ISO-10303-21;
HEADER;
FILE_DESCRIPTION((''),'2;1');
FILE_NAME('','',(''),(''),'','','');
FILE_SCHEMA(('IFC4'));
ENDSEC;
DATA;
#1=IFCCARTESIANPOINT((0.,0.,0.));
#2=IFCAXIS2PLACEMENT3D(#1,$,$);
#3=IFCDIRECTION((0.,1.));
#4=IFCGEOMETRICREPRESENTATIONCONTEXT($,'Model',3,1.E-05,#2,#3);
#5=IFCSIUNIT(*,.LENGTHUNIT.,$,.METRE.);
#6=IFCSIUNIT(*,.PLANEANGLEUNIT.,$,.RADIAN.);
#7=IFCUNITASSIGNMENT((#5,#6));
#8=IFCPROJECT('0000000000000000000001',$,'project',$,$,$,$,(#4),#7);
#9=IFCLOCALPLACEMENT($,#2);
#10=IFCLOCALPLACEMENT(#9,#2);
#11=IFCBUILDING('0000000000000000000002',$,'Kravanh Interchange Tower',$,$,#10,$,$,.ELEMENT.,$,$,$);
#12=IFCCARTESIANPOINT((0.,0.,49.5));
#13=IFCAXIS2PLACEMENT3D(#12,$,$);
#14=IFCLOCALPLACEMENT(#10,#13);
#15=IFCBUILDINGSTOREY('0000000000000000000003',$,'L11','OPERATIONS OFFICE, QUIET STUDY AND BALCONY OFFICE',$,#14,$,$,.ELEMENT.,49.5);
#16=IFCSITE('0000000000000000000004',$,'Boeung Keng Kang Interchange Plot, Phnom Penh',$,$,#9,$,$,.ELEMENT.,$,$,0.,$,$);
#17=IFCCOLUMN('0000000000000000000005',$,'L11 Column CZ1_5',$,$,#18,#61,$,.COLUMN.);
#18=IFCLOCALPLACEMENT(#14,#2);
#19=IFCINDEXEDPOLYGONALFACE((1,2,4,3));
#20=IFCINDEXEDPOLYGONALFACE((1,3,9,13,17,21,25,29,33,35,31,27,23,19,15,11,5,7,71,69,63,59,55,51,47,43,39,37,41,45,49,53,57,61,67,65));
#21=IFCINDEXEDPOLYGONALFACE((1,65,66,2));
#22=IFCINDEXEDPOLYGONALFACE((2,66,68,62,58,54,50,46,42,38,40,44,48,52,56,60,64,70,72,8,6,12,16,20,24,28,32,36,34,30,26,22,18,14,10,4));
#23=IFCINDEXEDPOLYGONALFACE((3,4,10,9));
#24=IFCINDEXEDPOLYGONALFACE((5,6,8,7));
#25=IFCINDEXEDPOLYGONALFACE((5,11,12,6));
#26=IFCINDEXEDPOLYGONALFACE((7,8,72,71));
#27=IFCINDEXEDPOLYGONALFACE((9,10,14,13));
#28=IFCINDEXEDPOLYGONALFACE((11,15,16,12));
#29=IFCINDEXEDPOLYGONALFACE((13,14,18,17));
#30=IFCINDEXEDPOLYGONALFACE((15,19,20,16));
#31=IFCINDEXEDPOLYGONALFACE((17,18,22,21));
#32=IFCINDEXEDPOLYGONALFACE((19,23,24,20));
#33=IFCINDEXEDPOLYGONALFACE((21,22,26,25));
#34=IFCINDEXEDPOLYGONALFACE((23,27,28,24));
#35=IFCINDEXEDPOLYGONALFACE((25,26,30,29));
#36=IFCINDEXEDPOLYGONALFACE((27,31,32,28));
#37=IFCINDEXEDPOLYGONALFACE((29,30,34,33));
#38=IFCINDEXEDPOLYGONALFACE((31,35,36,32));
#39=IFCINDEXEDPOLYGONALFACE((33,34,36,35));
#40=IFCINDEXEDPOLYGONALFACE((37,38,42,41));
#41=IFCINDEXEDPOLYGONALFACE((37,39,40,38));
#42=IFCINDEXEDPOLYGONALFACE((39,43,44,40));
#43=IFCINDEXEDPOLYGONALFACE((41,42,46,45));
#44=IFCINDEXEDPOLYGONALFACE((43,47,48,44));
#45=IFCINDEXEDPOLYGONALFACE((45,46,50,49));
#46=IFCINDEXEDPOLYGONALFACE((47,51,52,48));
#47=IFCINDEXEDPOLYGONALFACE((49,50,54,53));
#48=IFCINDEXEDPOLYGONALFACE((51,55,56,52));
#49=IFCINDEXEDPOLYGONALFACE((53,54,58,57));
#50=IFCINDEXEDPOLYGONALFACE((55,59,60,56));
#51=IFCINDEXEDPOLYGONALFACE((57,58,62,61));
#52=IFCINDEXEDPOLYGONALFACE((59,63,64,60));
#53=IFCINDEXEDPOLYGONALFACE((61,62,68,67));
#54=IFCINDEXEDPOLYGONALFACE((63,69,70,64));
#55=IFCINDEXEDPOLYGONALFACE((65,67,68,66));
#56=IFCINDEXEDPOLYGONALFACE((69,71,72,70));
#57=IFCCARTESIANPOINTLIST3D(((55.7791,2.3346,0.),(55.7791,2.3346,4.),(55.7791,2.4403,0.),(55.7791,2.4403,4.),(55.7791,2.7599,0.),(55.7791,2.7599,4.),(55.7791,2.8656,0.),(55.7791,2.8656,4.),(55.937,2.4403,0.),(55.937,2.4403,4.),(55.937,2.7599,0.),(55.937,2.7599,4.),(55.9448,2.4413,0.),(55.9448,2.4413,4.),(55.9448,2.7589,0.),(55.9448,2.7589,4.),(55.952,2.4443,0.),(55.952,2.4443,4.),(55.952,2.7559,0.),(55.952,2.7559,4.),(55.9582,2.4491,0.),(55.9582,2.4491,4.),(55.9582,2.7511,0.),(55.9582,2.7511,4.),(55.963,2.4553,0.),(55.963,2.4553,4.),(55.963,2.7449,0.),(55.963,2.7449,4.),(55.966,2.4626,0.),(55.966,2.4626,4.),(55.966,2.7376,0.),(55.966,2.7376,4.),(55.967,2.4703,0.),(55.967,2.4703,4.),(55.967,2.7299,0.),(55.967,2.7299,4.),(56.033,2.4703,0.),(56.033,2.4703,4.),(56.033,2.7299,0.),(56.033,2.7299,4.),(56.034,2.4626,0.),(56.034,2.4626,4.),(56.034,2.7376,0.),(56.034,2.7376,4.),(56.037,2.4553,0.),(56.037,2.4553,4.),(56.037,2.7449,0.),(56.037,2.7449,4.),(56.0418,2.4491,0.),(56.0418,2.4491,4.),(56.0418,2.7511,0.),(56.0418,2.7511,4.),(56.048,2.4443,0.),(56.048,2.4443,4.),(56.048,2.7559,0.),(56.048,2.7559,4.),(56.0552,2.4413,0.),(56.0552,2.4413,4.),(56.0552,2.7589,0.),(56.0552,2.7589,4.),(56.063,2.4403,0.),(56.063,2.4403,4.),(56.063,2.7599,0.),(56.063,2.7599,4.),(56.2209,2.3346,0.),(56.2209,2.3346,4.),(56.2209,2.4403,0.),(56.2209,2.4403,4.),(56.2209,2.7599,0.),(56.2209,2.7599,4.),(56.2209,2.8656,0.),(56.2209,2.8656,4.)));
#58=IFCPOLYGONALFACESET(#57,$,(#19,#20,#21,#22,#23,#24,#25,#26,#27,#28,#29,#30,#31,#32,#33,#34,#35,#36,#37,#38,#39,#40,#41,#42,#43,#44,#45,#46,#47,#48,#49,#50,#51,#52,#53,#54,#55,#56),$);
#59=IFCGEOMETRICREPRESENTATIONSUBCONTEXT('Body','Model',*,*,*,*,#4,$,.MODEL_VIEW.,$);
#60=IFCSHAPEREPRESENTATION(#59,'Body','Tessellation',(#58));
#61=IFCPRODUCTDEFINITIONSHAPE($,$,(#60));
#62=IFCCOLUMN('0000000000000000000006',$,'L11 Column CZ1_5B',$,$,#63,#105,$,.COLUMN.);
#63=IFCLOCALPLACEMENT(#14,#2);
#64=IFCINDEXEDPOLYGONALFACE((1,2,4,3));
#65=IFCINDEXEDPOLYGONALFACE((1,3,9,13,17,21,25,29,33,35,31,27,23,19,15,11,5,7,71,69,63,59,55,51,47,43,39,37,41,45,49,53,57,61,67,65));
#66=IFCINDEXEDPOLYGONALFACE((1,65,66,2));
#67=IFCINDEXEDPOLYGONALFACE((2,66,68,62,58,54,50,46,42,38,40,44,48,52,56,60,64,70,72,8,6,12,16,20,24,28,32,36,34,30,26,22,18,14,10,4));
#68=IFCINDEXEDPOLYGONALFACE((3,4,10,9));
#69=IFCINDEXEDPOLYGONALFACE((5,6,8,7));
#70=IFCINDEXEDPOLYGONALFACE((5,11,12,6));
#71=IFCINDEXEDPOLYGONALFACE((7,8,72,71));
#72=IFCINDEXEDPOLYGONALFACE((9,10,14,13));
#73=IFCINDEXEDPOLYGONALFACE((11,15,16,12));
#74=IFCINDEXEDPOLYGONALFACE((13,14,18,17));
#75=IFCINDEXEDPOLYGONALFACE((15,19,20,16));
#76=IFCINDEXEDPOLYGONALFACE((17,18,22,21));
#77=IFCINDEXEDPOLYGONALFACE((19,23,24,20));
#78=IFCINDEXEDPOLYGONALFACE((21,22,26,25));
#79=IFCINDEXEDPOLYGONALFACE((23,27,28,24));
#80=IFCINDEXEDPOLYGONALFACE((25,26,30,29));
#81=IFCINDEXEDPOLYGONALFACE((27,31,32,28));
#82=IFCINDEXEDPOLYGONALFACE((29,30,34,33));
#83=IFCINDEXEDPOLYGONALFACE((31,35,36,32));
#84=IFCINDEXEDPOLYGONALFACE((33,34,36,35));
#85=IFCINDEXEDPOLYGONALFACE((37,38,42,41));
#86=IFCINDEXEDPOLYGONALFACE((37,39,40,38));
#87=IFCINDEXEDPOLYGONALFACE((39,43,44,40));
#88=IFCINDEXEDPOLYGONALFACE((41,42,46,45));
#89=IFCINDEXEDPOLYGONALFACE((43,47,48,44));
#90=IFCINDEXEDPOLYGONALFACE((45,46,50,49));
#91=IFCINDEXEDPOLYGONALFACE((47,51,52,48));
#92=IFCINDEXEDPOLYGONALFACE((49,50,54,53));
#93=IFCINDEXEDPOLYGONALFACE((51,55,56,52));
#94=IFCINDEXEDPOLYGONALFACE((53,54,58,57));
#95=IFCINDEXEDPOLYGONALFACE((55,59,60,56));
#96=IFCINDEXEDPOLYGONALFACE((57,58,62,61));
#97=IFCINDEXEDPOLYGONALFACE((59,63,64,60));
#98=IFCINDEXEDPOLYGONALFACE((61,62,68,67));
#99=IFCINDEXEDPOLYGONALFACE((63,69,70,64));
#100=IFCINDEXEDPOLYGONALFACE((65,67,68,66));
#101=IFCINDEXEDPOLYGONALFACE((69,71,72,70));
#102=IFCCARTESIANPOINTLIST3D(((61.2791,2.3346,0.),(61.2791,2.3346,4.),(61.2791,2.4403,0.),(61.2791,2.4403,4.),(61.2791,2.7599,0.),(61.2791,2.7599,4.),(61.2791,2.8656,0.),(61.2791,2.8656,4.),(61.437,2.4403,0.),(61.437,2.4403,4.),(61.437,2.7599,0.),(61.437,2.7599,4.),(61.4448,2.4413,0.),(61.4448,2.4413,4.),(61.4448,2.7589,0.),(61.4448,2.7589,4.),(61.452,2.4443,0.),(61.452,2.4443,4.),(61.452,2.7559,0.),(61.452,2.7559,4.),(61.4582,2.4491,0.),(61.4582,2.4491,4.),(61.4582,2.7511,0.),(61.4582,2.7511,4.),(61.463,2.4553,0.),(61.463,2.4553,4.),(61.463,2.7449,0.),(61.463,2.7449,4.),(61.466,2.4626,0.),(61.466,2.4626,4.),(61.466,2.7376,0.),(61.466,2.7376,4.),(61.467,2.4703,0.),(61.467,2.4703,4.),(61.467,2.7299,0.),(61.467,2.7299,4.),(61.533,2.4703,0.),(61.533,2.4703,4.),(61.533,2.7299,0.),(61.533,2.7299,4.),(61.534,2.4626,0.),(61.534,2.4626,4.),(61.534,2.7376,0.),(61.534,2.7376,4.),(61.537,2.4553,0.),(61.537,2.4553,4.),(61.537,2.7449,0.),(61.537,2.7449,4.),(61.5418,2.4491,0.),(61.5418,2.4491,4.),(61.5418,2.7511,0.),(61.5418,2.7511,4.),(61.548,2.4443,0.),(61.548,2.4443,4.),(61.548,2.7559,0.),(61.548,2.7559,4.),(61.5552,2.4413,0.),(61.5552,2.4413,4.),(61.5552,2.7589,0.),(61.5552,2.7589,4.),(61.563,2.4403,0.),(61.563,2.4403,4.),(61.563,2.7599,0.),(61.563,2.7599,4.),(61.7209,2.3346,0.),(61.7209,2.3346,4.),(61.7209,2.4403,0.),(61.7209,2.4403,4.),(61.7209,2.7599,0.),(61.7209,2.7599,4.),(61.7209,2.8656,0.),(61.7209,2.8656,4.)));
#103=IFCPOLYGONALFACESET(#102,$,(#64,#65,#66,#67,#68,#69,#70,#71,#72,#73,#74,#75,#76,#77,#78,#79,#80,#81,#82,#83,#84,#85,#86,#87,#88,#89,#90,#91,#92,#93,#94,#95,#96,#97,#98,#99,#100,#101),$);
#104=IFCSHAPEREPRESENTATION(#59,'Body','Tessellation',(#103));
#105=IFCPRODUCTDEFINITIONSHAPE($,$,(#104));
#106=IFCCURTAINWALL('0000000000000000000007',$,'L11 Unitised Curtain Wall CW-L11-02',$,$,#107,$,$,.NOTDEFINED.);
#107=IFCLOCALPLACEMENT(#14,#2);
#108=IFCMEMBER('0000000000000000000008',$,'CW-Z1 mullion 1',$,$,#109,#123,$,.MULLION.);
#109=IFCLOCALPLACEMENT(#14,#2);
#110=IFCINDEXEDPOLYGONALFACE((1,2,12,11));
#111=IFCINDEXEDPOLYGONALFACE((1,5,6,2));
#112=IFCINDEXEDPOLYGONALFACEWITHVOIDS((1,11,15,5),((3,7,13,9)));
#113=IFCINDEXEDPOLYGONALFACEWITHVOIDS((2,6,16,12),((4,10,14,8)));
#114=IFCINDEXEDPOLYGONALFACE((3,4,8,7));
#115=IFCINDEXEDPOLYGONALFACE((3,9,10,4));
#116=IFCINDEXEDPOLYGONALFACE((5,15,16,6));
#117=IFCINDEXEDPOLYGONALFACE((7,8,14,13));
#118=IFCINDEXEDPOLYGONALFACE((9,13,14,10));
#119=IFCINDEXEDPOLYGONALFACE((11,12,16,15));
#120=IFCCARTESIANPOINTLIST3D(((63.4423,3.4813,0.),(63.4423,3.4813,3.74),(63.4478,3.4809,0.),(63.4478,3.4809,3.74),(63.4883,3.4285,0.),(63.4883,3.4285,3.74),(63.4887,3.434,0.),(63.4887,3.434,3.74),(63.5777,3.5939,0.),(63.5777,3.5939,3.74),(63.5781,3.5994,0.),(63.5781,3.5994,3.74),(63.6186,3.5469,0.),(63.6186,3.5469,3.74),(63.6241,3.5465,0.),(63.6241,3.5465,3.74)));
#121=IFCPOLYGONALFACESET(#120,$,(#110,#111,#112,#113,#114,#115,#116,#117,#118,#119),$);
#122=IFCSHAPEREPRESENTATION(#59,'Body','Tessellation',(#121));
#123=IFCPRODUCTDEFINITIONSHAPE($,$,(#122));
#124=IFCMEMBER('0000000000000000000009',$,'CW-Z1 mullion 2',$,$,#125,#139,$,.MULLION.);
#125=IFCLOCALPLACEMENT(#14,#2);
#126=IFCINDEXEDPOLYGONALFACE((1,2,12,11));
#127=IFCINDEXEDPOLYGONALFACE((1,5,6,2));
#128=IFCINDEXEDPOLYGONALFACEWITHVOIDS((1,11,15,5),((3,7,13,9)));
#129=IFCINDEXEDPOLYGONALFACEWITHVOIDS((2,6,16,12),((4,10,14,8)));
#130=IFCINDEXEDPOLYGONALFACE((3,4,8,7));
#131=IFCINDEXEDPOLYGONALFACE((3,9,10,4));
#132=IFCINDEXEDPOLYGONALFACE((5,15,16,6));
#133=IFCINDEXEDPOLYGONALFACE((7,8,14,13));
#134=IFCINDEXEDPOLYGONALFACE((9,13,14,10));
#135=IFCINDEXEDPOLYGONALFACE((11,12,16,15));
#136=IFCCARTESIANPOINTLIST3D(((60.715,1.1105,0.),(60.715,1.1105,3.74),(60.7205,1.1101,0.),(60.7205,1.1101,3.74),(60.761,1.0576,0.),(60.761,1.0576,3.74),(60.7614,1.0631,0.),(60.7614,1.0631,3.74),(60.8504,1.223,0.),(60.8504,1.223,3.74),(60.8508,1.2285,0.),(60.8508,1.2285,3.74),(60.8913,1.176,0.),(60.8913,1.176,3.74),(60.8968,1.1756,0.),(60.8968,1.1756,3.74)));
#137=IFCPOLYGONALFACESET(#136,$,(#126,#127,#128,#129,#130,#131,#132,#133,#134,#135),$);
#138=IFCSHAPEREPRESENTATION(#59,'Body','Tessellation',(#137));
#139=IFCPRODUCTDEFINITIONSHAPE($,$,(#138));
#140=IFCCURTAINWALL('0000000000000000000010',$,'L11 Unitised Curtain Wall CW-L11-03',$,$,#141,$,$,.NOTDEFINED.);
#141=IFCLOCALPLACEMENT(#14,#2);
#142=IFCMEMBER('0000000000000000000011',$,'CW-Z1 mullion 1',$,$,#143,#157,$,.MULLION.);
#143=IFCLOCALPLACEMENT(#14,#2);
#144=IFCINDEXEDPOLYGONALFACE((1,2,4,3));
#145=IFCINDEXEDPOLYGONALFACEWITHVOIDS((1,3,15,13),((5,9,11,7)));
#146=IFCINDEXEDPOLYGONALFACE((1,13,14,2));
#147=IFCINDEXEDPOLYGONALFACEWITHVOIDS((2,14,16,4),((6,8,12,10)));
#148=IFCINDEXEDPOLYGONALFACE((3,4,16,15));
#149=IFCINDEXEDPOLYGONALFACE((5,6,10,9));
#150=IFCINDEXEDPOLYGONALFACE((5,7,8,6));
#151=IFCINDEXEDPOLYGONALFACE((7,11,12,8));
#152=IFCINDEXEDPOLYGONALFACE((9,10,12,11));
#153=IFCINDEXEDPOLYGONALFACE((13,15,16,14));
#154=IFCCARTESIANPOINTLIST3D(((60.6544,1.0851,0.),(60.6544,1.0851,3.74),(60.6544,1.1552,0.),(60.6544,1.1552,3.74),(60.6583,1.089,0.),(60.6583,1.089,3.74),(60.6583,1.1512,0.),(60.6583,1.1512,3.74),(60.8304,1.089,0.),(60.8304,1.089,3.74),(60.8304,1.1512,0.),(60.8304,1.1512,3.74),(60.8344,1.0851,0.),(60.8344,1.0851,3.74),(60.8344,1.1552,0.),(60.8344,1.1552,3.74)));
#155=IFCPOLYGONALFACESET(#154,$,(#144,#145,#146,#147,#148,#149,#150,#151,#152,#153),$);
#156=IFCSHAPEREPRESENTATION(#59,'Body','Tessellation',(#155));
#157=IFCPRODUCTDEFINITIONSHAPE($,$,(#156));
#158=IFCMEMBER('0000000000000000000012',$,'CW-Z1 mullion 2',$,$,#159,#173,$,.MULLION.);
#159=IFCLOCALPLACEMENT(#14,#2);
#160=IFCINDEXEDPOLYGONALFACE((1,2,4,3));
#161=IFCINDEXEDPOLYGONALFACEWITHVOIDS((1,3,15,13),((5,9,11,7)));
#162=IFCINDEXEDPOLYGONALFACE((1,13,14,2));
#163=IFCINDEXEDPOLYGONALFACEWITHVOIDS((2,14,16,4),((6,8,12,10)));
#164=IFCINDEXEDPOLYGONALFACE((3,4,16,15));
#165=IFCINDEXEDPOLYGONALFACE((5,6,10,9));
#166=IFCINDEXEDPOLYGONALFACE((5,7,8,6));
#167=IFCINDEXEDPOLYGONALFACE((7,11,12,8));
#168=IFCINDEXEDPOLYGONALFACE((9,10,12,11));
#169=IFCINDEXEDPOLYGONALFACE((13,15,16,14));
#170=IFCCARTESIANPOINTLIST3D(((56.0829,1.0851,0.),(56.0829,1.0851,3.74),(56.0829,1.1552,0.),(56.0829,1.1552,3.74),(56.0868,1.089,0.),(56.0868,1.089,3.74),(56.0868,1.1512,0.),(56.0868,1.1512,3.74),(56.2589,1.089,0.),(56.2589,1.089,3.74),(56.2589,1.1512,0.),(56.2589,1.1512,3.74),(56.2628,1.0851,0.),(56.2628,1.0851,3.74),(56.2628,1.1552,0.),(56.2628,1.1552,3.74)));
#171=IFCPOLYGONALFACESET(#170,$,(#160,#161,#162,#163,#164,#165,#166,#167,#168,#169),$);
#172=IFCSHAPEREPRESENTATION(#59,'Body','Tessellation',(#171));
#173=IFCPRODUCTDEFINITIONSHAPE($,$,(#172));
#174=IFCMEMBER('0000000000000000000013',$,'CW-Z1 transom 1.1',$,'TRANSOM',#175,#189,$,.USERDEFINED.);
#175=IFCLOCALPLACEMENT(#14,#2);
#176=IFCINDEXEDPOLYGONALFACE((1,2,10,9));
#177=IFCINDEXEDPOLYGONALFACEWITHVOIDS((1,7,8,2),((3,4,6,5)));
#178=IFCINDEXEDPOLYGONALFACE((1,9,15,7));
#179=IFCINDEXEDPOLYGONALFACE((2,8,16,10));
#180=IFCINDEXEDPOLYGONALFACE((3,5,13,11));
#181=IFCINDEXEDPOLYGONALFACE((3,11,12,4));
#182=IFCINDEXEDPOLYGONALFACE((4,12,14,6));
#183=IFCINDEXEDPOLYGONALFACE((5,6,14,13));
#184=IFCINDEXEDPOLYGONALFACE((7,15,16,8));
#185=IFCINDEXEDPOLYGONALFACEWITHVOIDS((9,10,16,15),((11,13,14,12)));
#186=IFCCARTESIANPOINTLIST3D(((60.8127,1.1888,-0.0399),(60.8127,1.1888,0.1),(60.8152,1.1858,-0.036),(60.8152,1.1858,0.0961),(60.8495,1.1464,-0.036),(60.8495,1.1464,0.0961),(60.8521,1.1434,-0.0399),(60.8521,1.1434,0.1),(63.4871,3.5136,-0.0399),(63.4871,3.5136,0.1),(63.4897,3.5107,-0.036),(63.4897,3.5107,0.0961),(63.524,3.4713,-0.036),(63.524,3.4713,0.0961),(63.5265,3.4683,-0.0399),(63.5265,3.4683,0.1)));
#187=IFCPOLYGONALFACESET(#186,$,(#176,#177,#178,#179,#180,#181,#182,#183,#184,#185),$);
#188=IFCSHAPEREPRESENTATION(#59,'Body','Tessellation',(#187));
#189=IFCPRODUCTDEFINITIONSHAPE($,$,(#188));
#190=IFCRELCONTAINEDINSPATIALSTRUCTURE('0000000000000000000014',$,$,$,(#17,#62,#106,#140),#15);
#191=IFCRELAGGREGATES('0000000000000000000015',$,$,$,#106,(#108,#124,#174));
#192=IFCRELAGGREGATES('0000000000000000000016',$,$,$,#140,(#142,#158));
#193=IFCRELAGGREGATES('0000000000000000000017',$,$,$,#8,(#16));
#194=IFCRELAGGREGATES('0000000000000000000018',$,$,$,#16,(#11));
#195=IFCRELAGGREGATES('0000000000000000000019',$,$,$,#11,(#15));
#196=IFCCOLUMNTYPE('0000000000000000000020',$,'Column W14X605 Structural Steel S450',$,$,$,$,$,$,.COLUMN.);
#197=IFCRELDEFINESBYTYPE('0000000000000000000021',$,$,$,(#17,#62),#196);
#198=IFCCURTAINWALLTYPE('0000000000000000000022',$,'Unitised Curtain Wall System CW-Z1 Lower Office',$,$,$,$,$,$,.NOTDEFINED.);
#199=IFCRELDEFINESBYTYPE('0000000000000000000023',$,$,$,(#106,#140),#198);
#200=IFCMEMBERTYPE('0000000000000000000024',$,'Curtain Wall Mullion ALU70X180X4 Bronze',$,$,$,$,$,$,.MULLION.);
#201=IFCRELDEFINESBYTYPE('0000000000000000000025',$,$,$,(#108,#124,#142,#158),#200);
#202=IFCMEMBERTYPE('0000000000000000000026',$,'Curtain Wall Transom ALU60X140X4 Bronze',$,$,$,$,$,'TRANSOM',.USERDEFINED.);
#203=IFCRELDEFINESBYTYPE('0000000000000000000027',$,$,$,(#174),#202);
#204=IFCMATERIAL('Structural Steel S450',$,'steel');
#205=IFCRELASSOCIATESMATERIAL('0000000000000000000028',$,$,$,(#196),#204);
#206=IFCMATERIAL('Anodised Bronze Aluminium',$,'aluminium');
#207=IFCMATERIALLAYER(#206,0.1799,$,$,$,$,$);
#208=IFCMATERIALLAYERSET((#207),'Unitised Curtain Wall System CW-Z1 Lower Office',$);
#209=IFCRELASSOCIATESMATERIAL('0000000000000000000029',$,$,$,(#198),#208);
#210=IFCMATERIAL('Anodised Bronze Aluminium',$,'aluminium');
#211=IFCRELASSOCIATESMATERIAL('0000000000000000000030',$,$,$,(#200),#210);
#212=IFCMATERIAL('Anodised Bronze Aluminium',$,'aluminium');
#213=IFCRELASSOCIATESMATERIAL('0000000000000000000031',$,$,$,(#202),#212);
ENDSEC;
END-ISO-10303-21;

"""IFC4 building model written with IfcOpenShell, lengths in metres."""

from ifc_helpers import new_model, si_unit, direction, frame, origin, origin_2d, place, context, subcontext, project, spatial, hollow_rectangle, i_section, extrude, material, layer, layer_set, material_profile, profile_set, type_object, element, aggregate, save


model = new_model("IFC4")

# Units and contexts
model_context = context("Model", 3, precision=1e-05, world=origin(), true_north=direction((0.0, 1.0)))
body_context = subcontext(model_context, "Body", "Model", "MODEL_VIEW")
ifc_project = project(units=[si_unit("LENGTHUNIT", "METRE"), si_unit("PLANEANGLEUNIT", "RADIAN")], contexts=[model_context])

# Site, building, storey
site_placement = place(None, origin())
site = spatial("IfcSite", under=ifc_project, at=site_placement, Name="Boeung Keng Kang Interchange Plot, Phnom Penh", CompositionType="ELEMENT", RefElevation=0.0)
building_placement = place(site_placement, origin())
building = spatial("IfcBuilding", under=site, at=building_placement, Name="Kravanh Interchange Tower", CompositionType="ELEMENT")
storey_placement = place(building_placement, frame((0.0, 0.0, 49.5)))
storey = spatial("IfcBuildingStorey", under=building, at=storey_placement, Name="L11", Description="OPERATIONS OFFICE, QUIET STUDY AND BALCONY OFFICE", CompositionType="ELEMENT", Elevation=49.5)

# Columns
ifc_material_1 = material(Name="Structural Steel S450", Category="steel")
ifc_material_profile_1 = material_profile(ifc_material_1, i_section(OverallWidth=0.4419, OverallDepth=0.531, WebThickness=0.0659, FlangeThickness=0.1057, FilletRadius=0.03, at=origin_2d()), Name="W14X605")
ifc_profile_set_1 = profile_set([ifc_material_profile_1], Name="Structural Steel S450")
column_type = type_object("IfcColumnType", Name="Column W14X605 Structural Steel S450", PredefinedType="COLUMN", material=ifc_profile_set_1)
for number, where, z_axis, x_axis, name in (
    (1, (56.0, 2.6001, 0.0), (0.0, 0.0, 1.0), (1.0, 0.0, 0.0), "L11 Column CZ1_5"),
    (2, (61.5, 2.6001, 0.0), (0.0, 0.0, 1.0), (1.0, 0.0, 0.0), "L11 Column CZ1_5B"),
):
    element("IfcColumn", number, at=place(storey_placement, frame(where, z_axis=z_axis, x_axis=x_axis)), inside=storey, type_object=column_type, Name=name, PredefinedType="COLUMN", context=body_context, shape_type="SweptSolid", body=[
        extrude(i_section(OverallWidth=0.4419, OverallDepth=0.531, WebThickness=0.0659, FlangeThickness=0.1057, FilletRadius=0.03, at=origin_2d()), origin(), (0.0, 0.0, 1.0), 4.0),
    ])

# Curtain walls, members
ifc_material_2 = material(Name="Anodised Bronze Aluminium", Category="aluminium")
ifc_layer_1 = layer(ifc_material_2, 0.1799)
ifc_layer_set_1 = layer_set([ifc_layer_1], Name="Unitised Curtain Wall System CW-Z1 Lower Office")
curtain_wall_type = type_object("IfcCurtainWallType", Name="Unitised Curtain Wall System CW-Z1 Lower Office", PredefinedType="NOTDEFINED", material=ifc_layer_set_1)
curtain_wall_1_placement = place(storey_placement, origin())
curtain_wall_1 = element("IfcCurtainWall", 3, at=curtain_wall_1_placement, inside=storey, type_object=curtain_wall_type, Name="L11 Unitised Curtain Wall CW-L11-02", PredefinedType="NOTDEFINED")
ifc_material_3 = material(Name="Anodised Bronze Aluminium", Category="aluminium")
ifc_material_profile_2 = material_profile(ifc_material_3, hollow_rectangle(XDim=0.0701, YDim=0.1799, WallThickness=0.0039, at=origin_2d()), Name="ALU70X180X4")
ifc_profile_set_2 = profile_set([ifc_material_profile_2], Name="Anodised Bronze Aluminium")
member_type_1 = type_object("IfcMemberType", Name="Curtain Wall Mullion ALU70X180X4 Bronze", PredefinedType="MULLION", material=ifc_profile_set_2)
member_1_placement = place(storey_placement, frame((63.5332, 3.5139, 0.0), z_axis=(0.0, 0.0, 1.0), x_axis=(0.65606, -0.754708, 0.0)))
member_1 = element("IfcMember", 4, at=member_1_placement, type_object=member_type_1, Name="CW-Z1 mullion 1", PredefinedType="MULLION", context=body_context, shape_type="SweptSolid", body=[
    extrude(hollow_rectangle(XDim=0.0701, YDim=0.1799, WallThickness=0.0039, at=origin_2d()), origin(), (0.0, 0.0, 1.0), 3.74),
])
member_2_placement = place(storey_placement, frame((60.8059, 1.1431, 0.0), z_axis=(0.0, 0.0, 1.0), x_axis=(0.65606, -0.754708, 0.0)))
member_2 = element("IfcMember", 5, at=member_2_placement, type_object=member_type_1, Name="CW-Z1 mullion 2", PredefinedType="MULLION", context=body_context, shape_type="SweptSolid", body=[
    extrude(hollow_rectangle(XDim=0.0701, YDim=0.1799, WallThickness=0.0039, at=origin_2d()), origin(), (0.0, 0.0, 1.0), 3.74),
])
curtain_wall_2_placement = place(storey_placement, origin())
curtain_wall_2 = element("IfcCurtainWall", 6, at=curtain_wall_2_placement, inside=storey, type_object=curtain_wall_type, Name="L11 Unitised Curtain Wall CW-L11-03", PredefinedType="NOTDEFINED")
member_3_placement = place(storey_placement, frame((60.7444, 1.1201, 0.0), z_axis=(0.0, 0.0, 1.0), x_axis=(0.0, -1.0, 0.0)))
member_3 = element("IfcMember", 7, at=member_3_placement, type_object=member_type_1, Name="CW-Z1 mullion 1", PredefinedType="MULLION", context=body_context, shape_type="SweptSolid", body=[
    extrude(hollow_rectangle(XDim=0.0701, YDim=0.1799, WallThickness=0.0039, at=origin_2d()), origin(), (0.0, 0.0, 1.0), 3.74),
])
member_4_placement = place(storey_placement, frame((56.1729, 1.1201, 0.0), z_axis=(0.0, 0.0, 1.0), x_axis=(0.0, -1.0, 0.0)))
member_4 = element("IfcMember", 8, at=member_4_placement, type_object=member_type_1, Name="CW-Z1 mullion 2", PredefinedType="MULLION", context=body_context, shape_type="SweptSolid", body=[
    extrude(hollow_rectangle(XDim=0.0701, YDim=0.1799, WallThickness=0.0039, at=origin_2d()), origin(), (0.0, 0.0, 1.0), 3.74),
])

# Member
ifc_material_4 = material(Name="Anodised Bronze Aluminium", Category="aluminium")
ifc_material_profile_3 = material_profile(ifc_material_4, hollow_rectangle(XDim=0.0601, YDim=0.1399, WallThickness=0.0039, at=origin_2d()), Name="ALU60X140X4")
ifc_profile_set_3 = profile_set([ifc_material_profile_3], Name="Anodised Bronze Aluminium")
member_type_2 = type_object("IfcMemberType", Name="Curtain Wall Transom ALU60X140X4 Bronze", ElementType="TRANSOM", PredefinedType="USERDEFINED", material=ifc_profile_set_3)
member_5_placement = place(storey_placement, frame((63.5068, 3.491, 0.03), z_axis=(-0.754711, -0.656058, 0.0), x_axis=(0.656058, -0.754711, 0.0)))
member_5 = element("IfcMember", 9, at=member_5_placement, type_object=member_type_2, Name="CW-Z1 transom 1.1", ObjectType="TRANSOM", PredefinedType="USERDEFINED", context=body_context, shape_type="SweptSolid", body=[
    extrude(hollow_rectangle(XDim=0.0601, YDim=0.1399, WallThickness=0.0039, at=origin_2d()), origin(), (0.0, 0.0, 1.0), 3.5437),
])

aggregate(curtain_wall_1, [member_1, member_2, member_5])
aggregate(curtain_wall_2, [member_3, member_4])

save(model, "model.ifc")
